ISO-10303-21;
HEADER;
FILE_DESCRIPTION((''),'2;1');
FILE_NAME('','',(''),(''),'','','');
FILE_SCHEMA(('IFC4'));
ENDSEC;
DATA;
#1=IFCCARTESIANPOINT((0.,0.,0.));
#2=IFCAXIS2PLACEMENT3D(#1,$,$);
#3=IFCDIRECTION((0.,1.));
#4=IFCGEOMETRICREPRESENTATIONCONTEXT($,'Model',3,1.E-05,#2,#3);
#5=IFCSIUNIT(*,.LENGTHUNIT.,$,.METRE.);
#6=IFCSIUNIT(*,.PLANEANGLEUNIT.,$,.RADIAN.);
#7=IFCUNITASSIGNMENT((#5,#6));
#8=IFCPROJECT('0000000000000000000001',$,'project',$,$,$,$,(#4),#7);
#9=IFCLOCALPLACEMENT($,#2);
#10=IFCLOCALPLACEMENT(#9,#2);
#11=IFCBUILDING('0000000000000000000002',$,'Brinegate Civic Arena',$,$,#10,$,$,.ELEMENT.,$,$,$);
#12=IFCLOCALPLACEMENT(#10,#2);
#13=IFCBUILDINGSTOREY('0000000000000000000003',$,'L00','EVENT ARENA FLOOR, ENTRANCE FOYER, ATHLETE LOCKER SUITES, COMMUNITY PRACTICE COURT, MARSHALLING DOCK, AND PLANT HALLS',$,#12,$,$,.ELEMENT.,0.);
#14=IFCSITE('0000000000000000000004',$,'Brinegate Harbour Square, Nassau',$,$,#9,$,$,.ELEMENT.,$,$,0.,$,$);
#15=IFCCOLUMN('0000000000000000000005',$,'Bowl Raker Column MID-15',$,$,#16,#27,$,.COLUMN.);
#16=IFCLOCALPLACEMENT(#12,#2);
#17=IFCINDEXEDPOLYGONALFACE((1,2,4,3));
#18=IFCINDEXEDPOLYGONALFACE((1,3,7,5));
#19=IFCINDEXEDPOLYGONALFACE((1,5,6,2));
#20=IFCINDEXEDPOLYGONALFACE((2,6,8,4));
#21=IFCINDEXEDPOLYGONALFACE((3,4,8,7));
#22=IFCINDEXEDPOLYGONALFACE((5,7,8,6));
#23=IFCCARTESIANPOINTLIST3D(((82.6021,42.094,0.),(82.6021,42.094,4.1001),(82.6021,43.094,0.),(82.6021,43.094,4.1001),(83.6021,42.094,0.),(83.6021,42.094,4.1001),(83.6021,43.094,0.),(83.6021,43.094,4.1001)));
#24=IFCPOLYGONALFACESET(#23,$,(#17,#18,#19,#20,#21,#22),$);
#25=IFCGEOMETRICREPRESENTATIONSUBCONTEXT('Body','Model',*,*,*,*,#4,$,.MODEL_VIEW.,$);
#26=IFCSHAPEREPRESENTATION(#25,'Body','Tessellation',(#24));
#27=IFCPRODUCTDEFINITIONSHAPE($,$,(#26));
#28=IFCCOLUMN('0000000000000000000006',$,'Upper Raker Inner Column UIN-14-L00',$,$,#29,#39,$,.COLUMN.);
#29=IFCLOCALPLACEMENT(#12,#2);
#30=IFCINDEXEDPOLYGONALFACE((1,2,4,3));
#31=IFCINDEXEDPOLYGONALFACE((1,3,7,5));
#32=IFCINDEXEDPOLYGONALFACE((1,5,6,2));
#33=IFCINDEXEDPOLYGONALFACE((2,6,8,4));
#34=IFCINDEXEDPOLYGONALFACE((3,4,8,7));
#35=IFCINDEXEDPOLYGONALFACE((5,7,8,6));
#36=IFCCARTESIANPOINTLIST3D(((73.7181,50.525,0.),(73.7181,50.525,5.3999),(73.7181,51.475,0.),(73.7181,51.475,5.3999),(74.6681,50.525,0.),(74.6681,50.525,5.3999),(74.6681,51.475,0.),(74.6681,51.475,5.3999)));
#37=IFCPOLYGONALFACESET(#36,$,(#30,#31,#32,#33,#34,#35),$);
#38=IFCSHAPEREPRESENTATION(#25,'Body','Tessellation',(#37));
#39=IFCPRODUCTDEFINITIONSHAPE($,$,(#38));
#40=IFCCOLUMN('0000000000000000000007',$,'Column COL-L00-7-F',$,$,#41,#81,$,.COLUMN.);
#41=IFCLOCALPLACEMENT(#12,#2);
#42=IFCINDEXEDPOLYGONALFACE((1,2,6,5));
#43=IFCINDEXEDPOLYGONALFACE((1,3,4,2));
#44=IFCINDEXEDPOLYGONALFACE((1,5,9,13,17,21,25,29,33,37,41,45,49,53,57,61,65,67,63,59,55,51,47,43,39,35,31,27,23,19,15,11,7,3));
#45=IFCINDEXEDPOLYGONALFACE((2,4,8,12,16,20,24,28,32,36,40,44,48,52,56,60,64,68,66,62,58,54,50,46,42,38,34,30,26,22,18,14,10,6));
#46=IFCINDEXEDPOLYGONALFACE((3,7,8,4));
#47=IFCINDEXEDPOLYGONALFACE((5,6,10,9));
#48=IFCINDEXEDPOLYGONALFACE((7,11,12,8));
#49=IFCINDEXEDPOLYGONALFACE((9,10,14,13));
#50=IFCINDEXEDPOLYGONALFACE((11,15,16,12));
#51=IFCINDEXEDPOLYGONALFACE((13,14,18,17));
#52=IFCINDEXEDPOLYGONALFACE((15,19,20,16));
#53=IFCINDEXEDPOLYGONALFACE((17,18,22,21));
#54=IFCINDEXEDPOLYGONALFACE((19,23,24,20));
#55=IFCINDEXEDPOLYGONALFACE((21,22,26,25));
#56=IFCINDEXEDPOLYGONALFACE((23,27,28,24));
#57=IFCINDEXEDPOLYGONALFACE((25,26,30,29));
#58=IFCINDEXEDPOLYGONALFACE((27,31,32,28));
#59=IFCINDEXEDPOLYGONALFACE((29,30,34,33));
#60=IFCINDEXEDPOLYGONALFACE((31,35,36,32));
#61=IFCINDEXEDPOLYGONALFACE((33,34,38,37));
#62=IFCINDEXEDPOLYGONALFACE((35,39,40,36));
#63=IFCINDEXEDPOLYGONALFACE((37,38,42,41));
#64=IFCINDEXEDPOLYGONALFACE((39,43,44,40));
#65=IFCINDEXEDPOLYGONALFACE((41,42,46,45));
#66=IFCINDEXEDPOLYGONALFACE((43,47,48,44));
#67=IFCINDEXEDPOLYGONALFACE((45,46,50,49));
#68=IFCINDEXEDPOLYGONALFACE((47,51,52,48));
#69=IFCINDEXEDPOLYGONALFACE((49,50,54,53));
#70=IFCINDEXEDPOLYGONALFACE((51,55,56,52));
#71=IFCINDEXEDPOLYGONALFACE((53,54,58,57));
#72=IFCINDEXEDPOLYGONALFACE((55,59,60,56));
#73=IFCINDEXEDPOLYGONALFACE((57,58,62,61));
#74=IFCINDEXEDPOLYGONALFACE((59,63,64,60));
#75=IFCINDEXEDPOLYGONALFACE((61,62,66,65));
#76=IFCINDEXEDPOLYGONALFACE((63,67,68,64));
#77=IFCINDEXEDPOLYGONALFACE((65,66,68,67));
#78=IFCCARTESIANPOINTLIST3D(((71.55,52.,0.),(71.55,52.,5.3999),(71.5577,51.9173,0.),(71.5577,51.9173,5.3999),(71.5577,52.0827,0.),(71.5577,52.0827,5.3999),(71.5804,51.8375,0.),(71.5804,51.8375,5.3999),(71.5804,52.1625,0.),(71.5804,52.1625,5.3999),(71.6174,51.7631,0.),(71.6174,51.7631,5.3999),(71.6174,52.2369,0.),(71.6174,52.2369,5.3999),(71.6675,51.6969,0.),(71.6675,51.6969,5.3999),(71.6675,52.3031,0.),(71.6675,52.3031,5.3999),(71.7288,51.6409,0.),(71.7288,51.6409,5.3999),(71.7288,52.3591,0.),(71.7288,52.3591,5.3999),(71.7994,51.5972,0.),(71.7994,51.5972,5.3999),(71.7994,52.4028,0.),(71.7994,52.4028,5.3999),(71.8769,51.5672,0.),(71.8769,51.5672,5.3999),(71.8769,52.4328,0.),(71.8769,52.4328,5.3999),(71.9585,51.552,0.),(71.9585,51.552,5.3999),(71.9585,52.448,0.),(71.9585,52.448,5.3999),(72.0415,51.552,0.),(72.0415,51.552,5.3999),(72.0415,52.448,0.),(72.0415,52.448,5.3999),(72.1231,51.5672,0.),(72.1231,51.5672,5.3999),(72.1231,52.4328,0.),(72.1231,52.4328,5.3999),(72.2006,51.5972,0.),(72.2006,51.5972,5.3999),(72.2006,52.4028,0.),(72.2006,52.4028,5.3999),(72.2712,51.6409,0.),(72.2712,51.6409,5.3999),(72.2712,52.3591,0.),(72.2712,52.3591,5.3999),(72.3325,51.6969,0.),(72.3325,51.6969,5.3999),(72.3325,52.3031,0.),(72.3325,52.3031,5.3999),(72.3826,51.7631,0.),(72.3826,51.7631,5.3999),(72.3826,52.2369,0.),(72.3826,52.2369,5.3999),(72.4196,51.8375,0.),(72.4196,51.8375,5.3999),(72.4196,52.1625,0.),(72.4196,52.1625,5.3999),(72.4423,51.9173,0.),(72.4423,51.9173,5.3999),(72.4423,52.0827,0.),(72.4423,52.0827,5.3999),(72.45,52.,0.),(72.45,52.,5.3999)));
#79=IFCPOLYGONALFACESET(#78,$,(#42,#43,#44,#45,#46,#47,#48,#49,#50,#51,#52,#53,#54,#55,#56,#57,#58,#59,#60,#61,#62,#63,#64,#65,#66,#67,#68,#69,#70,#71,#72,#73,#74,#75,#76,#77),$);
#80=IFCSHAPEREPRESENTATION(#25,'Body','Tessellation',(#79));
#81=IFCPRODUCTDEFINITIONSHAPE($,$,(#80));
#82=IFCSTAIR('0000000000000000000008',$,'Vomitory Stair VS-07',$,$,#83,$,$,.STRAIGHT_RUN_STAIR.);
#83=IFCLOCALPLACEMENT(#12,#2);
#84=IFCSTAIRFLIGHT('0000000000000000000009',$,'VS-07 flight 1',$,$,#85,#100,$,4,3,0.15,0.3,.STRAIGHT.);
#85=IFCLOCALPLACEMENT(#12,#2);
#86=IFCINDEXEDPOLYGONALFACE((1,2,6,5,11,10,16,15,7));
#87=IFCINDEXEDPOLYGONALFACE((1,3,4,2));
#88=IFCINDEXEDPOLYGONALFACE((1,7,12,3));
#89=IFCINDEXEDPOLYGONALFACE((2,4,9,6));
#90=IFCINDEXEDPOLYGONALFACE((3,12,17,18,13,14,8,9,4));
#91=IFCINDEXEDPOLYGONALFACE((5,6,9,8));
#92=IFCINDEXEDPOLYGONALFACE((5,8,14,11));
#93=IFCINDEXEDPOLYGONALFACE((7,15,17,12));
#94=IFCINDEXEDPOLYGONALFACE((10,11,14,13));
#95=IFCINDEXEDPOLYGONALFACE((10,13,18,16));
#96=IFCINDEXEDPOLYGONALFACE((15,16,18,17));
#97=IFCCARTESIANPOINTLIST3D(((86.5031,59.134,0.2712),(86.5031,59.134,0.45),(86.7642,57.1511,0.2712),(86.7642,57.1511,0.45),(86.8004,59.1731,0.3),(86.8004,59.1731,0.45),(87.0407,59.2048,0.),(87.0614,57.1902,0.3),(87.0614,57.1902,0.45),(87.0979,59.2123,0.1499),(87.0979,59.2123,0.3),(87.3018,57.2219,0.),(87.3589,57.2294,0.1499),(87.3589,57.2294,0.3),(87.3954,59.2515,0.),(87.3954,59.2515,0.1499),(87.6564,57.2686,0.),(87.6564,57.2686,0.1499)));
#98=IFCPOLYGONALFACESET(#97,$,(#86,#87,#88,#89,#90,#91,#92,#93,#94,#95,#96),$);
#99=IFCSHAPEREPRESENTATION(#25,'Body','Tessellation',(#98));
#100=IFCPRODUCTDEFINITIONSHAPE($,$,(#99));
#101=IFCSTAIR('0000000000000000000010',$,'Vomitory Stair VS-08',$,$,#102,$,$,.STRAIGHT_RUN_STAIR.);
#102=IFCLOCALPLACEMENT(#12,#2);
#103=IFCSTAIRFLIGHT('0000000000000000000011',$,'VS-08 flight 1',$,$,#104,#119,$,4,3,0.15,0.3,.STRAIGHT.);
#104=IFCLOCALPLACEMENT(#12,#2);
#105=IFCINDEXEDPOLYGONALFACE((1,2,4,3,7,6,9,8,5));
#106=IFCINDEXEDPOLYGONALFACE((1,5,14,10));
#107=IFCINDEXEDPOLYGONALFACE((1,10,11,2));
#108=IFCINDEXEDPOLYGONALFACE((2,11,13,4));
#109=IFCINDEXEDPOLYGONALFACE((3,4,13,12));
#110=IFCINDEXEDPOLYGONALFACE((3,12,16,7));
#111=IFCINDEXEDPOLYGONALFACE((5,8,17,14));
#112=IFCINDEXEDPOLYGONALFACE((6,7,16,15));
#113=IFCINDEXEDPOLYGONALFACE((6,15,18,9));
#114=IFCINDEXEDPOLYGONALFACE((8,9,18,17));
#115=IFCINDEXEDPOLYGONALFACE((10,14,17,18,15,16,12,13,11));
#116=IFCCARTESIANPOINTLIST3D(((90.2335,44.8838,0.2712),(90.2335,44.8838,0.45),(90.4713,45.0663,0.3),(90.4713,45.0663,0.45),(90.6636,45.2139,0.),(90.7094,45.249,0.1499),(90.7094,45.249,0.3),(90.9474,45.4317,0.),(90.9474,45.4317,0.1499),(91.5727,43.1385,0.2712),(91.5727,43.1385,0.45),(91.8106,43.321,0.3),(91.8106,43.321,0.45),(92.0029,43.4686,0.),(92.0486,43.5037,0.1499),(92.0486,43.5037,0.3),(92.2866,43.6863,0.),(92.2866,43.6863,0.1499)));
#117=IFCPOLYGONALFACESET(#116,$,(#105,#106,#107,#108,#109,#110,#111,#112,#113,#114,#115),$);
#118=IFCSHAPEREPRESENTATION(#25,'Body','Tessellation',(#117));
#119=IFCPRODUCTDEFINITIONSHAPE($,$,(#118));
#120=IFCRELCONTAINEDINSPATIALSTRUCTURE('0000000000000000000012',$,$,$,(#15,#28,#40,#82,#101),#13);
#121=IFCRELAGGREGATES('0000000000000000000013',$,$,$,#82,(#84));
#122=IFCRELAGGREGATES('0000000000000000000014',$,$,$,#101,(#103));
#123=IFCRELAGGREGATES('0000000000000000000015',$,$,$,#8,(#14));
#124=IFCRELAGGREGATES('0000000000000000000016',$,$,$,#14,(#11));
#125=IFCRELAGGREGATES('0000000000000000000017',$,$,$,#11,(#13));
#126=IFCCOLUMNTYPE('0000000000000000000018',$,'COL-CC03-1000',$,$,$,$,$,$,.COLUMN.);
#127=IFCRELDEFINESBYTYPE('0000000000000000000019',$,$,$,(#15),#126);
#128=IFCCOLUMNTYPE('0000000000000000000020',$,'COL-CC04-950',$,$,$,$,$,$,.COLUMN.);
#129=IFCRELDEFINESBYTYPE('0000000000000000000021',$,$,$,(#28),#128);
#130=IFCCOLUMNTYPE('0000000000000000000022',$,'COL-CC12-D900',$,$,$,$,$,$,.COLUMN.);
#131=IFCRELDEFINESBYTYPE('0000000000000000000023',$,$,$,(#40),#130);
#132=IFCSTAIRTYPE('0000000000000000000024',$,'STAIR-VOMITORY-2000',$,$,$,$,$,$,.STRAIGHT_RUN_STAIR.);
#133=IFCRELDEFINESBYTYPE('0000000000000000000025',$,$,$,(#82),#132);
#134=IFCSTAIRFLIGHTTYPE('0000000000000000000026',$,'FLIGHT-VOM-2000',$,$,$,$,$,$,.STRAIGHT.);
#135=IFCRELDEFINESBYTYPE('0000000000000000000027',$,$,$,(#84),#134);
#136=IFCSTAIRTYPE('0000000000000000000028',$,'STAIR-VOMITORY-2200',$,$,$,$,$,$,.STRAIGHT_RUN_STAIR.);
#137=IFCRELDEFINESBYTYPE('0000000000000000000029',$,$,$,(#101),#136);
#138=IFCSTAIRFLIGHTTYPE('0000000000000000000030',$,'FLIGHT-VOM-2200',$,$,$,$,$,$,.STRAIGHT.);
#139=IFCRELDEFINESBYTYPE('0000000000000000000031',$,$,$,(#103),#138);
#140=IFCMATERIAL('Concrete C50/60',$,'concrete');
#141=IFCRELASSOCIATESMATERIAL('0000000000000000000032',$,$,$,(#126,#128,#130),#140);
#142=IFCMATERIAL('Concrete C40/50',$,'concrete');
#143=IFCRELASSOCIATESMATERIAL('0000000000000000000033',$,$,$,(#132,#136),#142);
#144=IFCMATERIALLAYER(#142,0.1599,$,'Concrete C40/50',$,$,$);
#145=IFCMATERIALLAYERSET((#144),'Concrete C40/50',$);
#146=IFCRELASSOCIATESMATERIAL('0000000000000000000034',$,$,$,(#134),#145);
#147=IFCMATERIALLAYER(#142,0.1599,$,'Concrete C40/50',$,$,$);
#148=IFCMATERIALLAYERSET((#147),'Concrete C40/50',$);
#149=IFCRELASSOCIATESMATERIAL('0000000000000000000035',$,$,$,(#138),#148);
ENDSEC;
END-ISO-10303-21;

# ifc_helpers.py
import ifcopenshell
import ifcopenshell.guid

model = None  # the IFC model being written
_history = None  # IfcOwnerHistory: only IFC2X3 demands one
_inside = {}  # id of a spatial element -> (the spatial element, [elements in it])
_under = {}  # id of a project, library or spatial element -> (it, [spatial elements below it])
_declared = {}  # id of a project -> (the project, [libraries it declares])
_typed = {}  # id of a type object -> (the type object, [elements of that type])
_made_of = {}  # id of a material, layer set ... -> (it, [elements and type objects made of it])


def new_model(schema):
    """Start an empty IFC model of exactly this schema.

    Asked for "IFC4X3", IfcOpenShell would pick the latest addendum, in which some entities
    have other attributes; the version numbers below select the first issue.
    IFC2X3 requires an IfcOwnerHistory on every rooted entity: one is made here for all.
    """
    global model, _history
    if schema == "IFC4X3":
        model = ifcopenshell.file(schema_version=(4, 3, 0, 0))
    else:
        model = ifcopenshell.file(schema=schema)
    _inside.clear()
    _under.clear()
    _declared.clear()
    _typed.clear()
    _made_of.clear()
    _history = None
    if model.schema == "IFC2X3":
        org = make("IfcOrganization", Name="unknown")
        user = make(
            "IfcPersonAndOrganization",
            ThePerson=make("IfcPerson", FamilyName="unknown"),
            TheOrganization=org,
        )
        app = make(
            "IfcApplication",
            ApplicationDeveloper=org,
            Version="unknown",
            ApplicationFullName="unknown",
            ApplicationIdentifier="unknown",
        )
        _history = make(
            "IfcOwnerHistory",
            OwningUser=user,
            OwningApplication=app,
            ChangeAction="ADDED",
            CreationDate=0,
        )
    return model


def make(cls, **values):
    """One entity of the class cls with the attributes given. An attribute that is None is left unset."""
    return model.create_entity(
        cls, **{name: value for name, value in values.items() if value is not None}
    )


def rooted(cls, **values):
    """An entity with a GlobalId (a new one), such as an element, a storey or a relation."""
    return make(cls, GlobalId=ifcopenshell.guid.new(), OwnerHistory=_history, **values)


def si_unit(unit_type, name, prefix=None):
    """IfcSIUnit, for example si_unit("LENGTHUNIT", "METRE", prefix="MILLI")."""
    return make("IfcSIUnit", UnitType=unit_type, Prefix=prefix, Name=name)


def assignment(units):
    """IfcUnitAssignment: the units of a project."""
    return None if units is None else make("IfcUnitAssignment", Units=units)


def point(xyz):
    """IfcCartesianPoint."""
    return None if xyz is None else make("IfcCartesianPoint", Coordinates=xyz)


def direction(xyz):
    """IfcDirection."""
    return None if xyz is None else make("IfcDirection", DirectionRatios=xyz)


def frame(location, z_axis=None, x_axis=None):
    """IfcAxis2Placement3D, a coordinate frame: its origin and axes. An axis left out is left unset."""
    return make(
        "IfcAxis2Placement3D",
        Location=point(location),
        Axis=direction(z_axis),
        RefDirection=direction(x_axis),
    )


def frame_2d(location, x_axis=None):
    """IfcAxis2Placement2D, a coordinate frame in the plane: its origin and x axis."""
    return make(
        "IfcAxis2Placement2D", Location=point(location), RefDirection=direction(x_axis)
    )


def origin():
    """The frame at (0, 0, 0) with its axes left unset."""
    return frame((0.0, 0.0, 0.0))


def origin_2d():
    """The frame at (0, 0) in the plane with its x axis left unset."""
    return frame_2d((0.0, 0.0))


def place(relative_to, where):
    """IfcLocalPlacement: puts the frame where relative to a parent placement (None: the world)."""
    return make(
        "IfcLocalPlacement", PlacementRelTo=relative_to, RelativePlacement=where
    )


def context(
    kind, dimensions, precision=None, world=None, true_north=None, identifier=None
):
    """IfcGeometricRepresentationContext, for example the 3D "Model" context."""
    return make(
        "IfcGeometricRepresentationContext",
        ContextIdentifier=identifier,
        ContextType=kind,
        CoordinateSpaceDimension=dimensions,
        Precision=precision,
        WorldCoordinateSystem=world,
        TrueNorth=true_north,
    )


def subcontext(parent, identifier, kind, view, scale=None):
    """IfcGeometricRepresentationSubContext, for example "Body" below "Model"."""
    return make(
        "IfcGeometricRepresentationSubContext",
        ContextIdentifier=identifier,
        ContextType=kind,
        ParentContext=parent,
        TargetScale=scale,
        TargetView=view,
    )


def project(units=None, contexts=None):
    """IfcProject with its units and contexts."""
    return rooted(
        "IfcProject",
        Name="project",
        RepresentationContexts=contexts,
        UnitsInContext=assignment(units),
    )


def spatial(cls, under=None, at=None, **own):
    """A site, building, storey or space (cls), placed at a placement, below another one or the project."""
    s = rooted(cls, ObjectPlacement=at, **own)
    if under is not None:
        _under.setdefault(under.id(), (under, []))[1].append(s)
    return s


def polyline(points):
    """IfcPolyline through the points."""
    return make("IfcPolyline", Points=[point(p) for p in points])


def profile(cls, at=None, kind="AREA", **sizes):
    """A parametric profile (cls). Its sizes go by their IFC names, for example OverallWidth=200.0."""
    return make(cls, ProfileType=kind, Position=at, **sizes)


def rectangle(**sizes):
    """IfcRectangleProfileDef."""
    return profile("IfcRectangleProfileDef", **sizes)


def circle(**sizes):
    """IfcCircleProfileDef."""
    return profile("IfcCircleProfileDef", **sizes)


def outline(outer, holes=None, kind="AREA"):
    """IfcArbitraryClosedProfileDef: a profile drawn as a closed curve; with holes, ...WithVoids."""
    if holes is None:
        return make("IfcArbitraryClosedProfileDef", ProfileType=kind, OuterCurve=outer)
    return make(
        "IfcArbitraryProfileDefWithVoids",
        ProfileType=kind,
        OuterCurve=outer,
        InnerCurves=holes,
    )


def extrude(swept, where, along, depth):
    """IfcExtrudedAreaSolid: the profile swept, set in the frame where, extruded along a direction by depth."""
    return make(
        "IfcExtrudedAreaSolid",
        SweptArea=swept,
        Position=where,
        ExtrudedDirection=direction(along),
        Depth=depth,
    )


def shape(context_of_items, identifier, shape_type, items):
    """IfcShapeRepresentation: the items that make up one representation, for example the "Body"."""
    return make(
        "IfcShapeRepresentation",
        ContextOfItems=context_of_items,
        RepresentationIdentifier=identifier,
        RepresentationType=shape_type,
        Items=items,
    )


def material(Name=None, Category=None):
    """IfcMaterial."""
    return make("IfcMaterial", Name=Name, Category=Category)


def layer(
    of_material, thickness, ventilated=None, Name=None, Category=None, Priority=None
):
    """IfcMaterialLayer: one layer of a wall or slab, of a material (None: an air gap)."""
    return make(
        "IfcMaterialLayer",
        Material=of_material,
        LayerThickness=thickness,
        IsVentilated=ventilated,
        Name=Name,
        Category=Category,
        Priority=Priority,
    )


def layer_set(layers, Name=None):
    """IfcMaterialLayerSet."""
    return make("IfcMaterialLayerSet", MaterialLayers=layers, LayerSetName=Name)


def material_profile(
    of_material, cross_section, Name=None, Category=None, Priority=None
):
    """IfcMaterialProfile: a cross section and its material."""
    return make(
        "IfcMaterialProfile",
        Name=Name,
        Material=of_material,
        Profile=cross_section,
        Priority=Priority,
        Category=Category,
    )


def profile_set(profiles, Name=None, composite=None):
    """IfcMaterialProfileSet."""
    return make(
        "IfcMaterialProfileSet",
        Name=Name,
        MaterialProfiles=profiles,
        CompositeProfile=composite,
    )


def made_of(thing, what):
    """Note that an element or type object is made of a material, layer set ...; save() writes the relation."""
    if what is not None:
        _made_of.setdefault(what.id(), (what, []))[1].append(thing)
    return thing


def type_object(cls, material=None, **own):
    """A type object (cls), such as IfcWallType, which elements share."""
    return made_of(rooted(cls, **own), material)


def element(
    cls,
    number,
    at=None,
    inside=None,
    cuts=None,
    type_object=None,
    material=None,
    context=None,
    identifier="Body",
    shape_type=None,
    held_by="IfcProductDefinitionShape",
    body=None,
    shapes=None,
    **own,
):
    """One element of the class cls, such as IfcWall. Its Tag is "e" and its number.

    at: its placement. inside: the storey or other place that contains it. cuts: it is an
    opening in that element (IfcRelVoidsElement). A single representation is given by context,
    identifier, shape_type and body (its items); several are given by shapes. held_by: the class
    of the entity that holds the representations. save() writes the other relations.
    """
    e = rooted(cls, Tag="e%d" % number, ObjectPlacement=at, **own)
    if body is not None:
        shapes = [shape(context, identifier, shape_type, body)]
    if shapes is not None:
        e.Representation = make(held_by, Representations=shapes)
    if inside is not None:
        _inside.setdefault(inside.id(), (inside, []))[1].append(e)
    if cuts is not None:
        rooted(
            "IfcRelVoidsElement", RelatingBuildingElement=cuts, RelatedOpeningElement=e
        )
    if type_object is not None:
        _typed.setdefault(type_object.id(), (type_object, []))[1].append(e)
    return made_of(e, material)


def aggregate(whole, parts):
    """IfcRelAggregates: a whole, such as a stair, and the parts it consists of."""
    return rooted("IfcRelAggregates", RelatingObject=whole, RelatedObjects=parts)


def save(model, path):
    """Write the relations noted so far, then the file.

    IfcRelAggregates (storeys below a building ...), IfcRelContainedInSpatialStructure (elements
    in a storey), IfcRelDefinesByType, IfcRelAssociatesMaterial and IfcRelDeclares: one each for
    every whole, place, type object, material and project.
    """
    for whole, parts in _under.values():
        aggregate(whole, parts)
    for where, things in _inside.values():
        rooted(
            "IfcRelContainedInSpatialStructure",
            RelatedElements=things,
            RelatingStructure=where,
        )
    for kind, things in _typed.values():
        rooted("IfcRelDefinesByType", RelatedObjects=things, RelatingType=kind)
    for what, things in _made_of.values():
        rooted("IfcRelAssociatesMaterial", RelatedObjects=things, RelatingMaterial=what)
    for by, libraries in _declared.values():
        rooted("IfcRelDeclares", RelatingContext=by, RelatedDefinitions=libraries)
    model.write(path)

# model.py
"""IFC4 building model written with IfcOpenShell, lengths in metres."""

from ifc_helpers import new_model, si_unit, direction, frame, origin, origin_2d, place, context, subcontext, project, spatial, polyline, rectangle, circle, outline, extrude, material, layer, layer_set, material_profile, profile_set, type_object, element, aggregate, save


model = new_model("IFC4")

# Units and contexts
model_context = context("Model", 3, precision=1e-05, world=origin(), true_north=direction((0.0, 1.0)))
body_context = subcontext(model_context, "Body", "Model", "MODEL_VIEW")
ifc_project = project(units=[si_unit("LENGTHUNIT", "METRE"), si_unit("PLANEANGLEUNIT", "RADIAN")], contexts=[model_context])

# Site, building, storey
site_placement = place(None, origin())
site = spatial("IfcSite", under=ifc_project, at=site_placement, Name="Brinegate Harbour Square, Nassau", CompositionType="ELEMENT", RefElevation=0.0)
building_placement = place(site_placement, origin())
building = spatial("IfcBuilding", under=site, at=building_placement, Name="Brinegate Civic Arena", CompositionType="ELEMENT")
storey_placement = place(building_placement, origin())
storey = spatial("IfcBuildingStorey", under=building, at=storey_placement, Name="L00", Description="EVENT ARENA FLOOR, ENTRANCE FOYER, ATHLETE LOCKER SUITES, COMMUNITY PRACTICE COURT, MARSHALLING DOCK, AND PLANT HALLS", CompositionType="ELEMENT", Elevation=0.0)

# Shared definitions
ifc_material_1 = material(Name="Concrete C40/50", Category="concrete")

# Columns
ifc_material_2 = material(Name="Concrete C50/60", Category="concrete")
ifc_material_profile_1 = material_profile(ifc_material_2, rectangle(XDim=1.0, YDim=1.0, at=origin_2d()), Name="RC1000X1000")
ifc_profile_set_1 = profile_set([ifc_material_profile_1], Name="Concrete C50/60")
column_type_1 = type_object("IfcColumnType", Name="COL-CC03-1000", PredefinedType="COLUMN", material=ifc_profile_set_1)
for number, where, z_axis, x_axis, name in (
    (1, (83.1021, 42.594, 0.0), (0.0, 0.0, 1.0), (1.0, 0.0, 0.0), "Bowl Raker Column MID-15"),
):
    element("IfcColumn", number, at=place(storey_placement, frame(where, z_axis=z_axis, x_axis=x_axis)), inside=storey, type_object=column_type_1, Name=name, PredefinedType="COLUMN", context=body_context, shape_type="SweptSolid", body=[
        extrude(rectangle(XDim=1.0, YDim=1.0, at=origin_2d()), origin(), (0.0, 0.0, 1.0), 4.1001),
    ])
ifc_material_profile_2 = material_profile(ifc_material_2, rectangle(XDim=0.95, YDim=0.95, at=origin_2d()), Name="RC950X950")
ifc_profile_set_2 = profile_set([ifc_material_profile_2], Name="Concrete C50/60")
column_type_2 = type_object("IfcColumnType", Name="COL-CC04-950", PredefinedType="COLUMN", material=ifc_profile_set_2)
column_1_placement = place(storey_placement, frame((74.1931, 51.0, 0.0), z_axis=(0.0, 0.0, 1.0), x_axis=(1.0, 0.0, 0.0)))
element("IfcColumn", 2, at=column_1_placement, inside=storey, type_object=column_type_2, Name="Upper Raker Inner Column UIN-14-L00", PredefinedType="COLUMN", context=body_context, shape_type="SweptSolid", body=[
    extrude(rectangle(XDim=0.95, YDim=0.95, at=origin_2d()), origin(), (0.0, 0.0, 1.0), 5.3999),
])
ifc_material_profile_3 = material_profile(ifc_material_2, circle(Radius=0.45, at=origin_2d()), Name="RCD900")
ifc_profile_set_3 = profile_set([ifc_material_profile_3], Name="Concrete C50/60")
column_type_3 = type_object("IfcColumnType", Name="COL-CC12-D900", PredefinedType="COLUMN", material=ifc_profile_set_3)
column_2_placement = place(storey_placement, frame((72.0, 52.0, 0.0), z_axis=(0.0, 0.0, 1.0), x_axis=(1.0, 0.0, 0.0)))
element("IfcColumn", 3, at=column_2_placement, inside=storey, type_object=column_type_3, Name="Column COL-L00-7-F", PredefinedType="COLUMN", context=body_context, shape_type="SweptSolid", body=[
    extrude(circle(Radius=0.45, at=origin_2d()), origin(), (0.0, 0.0, 1.0), 5.3999),
])

# Stairs, stair flights
stair_type_1 = type_object("IfcStairType", Name="STAIR-VOMITORY-2000", PredefinedType="STRAIGHT_RUN_STAIR", material=ifc_material_1)
stair_1_placement = place(storey_placement, origin())
stair_1 = element("IfcStair", 4, at=stair_1_placement, inside=storey, type_object=stair_type_1, Name="Vomitory Stair VS-07", PredefinedType="STRAIGHT_RUN_STAIR")
ifc_layer_1 = layer(ifc_material_1, 0.1599, Name="Concrete C40/50")
ifc_layer_set_1 = layer_set([ifc_layer_1], Name="Concrete C40/50")
stair_flight_type_1 = type_object("IfcStairFlightType", Name="FLIGHT-VOM-2000", PredefinedType="STRAIGHT", material=ifc_layer_set_1)
stair_flight_1_placement = place(storey_placement, frame((87.5259, 58.26, 0.0), z_axis=(0.0, 0.0, 1.0), x_axis=(-0.991445, -0.130526, 0.0)))
stair_flight_1 = element("IfcStairFlight", 5, at=stair_flight_1_placement, type_object=stair_flight_type_1, Name="VS-07 flight 1", NumberOfRisers=4, NumberOfTreads=3, PredefinedType="STRAIGHT", RiserHeight=0.15, TreadLength=0.3, context=body_context, shape_type="SweptSolid", body=[
    extrude(outline(polyline([(0.0, 0.0), (0.0, 0.1499), (0.3, 0.1499), (0.3, 0.3), (0.6001, 0.3), (0.6001, 0.45), (0.8999, 0.45), (0.8999, 0.6001), (0.8999, 0.2712), (0.3577, 0.0), (0.0, 0.0)])), frame((0.0, 1.0, 0.0), z_axis=(0.0, -1.0, 0.0), x_axis=(1.0, 0.0, 0.0)), (0.0, 0.0, 1.0), 2.0),
])
aggregate(stair_1, [stair_flight_1])
stair_type_2 = type_object("IfcStairType", Name="STAIR-VOMITORY-2200", PredefinedType="STRAIGHT_RUN_STAIR", material=ifc_material_1)
stair_2_placement = place(storey_placement, origin())
stair_2 = element("IfcStair", 6, at=stair_2_placement, inside=storey, type_object=stair_type_2, Name="Vomitory Stair VS-08", PredefinedType="STRAIGHT_RUN_STAIR")
ifc_layer_2 = layer(ifc_material_1, 0.1599, Name="Concrete C40/50")
ifc_layer_set_2 = layer_set([ifc_layer_2], Name="Concrete C40/50")
stair_flight_type_2 = type_object("IfcStairFlightType", Name="FLIGHT-VOM-2200", PredefinedType="STRAIGHT", material=ifc_layer_set_2)
stair_flight_2_placement = place(storey_placement, frame((91.6169, 44.5591, 0.0), z_axis=(0.0, 0.0, 1.0), x_axis=(-0.793353, -0.608761, 0.0)))
stair_flight_2 = element("IfcStairFlight", 7, at=stair_flight_2_placement, type_object=stair_flight_type_2, Name="VS-08 flight 1", NumberOfRisers=4, NumberOfTreads=3, PredefinedType="STRAIGHT", RiserHeight=0.15, TreadLength=0.3, context=body_context, shape_type="SweptSolid", body=[
    extrude(outline(polyline([(0.0, 0.0), (0.0, 0.1499), (0.3, 0.1499), (0.3, 0.3), (0.6001, 0.3), (0.6001, 0.45), (0.8999, 0.45), (0.8999, 0.6001), (0.8999, 0.2712), (0.3577, 0.0), (0.0, 0.0)])), frame((0.0, 1.1001, 0.0), z_axis=(0.0, -1.0, 0.0), x_axis=(1.0, 0.0, 0.0)), (0.0, 0.0, 1.0), 2.2),
])
aggregate(stair_2, [stair_flight_2])

save(model, "model.ifc")
